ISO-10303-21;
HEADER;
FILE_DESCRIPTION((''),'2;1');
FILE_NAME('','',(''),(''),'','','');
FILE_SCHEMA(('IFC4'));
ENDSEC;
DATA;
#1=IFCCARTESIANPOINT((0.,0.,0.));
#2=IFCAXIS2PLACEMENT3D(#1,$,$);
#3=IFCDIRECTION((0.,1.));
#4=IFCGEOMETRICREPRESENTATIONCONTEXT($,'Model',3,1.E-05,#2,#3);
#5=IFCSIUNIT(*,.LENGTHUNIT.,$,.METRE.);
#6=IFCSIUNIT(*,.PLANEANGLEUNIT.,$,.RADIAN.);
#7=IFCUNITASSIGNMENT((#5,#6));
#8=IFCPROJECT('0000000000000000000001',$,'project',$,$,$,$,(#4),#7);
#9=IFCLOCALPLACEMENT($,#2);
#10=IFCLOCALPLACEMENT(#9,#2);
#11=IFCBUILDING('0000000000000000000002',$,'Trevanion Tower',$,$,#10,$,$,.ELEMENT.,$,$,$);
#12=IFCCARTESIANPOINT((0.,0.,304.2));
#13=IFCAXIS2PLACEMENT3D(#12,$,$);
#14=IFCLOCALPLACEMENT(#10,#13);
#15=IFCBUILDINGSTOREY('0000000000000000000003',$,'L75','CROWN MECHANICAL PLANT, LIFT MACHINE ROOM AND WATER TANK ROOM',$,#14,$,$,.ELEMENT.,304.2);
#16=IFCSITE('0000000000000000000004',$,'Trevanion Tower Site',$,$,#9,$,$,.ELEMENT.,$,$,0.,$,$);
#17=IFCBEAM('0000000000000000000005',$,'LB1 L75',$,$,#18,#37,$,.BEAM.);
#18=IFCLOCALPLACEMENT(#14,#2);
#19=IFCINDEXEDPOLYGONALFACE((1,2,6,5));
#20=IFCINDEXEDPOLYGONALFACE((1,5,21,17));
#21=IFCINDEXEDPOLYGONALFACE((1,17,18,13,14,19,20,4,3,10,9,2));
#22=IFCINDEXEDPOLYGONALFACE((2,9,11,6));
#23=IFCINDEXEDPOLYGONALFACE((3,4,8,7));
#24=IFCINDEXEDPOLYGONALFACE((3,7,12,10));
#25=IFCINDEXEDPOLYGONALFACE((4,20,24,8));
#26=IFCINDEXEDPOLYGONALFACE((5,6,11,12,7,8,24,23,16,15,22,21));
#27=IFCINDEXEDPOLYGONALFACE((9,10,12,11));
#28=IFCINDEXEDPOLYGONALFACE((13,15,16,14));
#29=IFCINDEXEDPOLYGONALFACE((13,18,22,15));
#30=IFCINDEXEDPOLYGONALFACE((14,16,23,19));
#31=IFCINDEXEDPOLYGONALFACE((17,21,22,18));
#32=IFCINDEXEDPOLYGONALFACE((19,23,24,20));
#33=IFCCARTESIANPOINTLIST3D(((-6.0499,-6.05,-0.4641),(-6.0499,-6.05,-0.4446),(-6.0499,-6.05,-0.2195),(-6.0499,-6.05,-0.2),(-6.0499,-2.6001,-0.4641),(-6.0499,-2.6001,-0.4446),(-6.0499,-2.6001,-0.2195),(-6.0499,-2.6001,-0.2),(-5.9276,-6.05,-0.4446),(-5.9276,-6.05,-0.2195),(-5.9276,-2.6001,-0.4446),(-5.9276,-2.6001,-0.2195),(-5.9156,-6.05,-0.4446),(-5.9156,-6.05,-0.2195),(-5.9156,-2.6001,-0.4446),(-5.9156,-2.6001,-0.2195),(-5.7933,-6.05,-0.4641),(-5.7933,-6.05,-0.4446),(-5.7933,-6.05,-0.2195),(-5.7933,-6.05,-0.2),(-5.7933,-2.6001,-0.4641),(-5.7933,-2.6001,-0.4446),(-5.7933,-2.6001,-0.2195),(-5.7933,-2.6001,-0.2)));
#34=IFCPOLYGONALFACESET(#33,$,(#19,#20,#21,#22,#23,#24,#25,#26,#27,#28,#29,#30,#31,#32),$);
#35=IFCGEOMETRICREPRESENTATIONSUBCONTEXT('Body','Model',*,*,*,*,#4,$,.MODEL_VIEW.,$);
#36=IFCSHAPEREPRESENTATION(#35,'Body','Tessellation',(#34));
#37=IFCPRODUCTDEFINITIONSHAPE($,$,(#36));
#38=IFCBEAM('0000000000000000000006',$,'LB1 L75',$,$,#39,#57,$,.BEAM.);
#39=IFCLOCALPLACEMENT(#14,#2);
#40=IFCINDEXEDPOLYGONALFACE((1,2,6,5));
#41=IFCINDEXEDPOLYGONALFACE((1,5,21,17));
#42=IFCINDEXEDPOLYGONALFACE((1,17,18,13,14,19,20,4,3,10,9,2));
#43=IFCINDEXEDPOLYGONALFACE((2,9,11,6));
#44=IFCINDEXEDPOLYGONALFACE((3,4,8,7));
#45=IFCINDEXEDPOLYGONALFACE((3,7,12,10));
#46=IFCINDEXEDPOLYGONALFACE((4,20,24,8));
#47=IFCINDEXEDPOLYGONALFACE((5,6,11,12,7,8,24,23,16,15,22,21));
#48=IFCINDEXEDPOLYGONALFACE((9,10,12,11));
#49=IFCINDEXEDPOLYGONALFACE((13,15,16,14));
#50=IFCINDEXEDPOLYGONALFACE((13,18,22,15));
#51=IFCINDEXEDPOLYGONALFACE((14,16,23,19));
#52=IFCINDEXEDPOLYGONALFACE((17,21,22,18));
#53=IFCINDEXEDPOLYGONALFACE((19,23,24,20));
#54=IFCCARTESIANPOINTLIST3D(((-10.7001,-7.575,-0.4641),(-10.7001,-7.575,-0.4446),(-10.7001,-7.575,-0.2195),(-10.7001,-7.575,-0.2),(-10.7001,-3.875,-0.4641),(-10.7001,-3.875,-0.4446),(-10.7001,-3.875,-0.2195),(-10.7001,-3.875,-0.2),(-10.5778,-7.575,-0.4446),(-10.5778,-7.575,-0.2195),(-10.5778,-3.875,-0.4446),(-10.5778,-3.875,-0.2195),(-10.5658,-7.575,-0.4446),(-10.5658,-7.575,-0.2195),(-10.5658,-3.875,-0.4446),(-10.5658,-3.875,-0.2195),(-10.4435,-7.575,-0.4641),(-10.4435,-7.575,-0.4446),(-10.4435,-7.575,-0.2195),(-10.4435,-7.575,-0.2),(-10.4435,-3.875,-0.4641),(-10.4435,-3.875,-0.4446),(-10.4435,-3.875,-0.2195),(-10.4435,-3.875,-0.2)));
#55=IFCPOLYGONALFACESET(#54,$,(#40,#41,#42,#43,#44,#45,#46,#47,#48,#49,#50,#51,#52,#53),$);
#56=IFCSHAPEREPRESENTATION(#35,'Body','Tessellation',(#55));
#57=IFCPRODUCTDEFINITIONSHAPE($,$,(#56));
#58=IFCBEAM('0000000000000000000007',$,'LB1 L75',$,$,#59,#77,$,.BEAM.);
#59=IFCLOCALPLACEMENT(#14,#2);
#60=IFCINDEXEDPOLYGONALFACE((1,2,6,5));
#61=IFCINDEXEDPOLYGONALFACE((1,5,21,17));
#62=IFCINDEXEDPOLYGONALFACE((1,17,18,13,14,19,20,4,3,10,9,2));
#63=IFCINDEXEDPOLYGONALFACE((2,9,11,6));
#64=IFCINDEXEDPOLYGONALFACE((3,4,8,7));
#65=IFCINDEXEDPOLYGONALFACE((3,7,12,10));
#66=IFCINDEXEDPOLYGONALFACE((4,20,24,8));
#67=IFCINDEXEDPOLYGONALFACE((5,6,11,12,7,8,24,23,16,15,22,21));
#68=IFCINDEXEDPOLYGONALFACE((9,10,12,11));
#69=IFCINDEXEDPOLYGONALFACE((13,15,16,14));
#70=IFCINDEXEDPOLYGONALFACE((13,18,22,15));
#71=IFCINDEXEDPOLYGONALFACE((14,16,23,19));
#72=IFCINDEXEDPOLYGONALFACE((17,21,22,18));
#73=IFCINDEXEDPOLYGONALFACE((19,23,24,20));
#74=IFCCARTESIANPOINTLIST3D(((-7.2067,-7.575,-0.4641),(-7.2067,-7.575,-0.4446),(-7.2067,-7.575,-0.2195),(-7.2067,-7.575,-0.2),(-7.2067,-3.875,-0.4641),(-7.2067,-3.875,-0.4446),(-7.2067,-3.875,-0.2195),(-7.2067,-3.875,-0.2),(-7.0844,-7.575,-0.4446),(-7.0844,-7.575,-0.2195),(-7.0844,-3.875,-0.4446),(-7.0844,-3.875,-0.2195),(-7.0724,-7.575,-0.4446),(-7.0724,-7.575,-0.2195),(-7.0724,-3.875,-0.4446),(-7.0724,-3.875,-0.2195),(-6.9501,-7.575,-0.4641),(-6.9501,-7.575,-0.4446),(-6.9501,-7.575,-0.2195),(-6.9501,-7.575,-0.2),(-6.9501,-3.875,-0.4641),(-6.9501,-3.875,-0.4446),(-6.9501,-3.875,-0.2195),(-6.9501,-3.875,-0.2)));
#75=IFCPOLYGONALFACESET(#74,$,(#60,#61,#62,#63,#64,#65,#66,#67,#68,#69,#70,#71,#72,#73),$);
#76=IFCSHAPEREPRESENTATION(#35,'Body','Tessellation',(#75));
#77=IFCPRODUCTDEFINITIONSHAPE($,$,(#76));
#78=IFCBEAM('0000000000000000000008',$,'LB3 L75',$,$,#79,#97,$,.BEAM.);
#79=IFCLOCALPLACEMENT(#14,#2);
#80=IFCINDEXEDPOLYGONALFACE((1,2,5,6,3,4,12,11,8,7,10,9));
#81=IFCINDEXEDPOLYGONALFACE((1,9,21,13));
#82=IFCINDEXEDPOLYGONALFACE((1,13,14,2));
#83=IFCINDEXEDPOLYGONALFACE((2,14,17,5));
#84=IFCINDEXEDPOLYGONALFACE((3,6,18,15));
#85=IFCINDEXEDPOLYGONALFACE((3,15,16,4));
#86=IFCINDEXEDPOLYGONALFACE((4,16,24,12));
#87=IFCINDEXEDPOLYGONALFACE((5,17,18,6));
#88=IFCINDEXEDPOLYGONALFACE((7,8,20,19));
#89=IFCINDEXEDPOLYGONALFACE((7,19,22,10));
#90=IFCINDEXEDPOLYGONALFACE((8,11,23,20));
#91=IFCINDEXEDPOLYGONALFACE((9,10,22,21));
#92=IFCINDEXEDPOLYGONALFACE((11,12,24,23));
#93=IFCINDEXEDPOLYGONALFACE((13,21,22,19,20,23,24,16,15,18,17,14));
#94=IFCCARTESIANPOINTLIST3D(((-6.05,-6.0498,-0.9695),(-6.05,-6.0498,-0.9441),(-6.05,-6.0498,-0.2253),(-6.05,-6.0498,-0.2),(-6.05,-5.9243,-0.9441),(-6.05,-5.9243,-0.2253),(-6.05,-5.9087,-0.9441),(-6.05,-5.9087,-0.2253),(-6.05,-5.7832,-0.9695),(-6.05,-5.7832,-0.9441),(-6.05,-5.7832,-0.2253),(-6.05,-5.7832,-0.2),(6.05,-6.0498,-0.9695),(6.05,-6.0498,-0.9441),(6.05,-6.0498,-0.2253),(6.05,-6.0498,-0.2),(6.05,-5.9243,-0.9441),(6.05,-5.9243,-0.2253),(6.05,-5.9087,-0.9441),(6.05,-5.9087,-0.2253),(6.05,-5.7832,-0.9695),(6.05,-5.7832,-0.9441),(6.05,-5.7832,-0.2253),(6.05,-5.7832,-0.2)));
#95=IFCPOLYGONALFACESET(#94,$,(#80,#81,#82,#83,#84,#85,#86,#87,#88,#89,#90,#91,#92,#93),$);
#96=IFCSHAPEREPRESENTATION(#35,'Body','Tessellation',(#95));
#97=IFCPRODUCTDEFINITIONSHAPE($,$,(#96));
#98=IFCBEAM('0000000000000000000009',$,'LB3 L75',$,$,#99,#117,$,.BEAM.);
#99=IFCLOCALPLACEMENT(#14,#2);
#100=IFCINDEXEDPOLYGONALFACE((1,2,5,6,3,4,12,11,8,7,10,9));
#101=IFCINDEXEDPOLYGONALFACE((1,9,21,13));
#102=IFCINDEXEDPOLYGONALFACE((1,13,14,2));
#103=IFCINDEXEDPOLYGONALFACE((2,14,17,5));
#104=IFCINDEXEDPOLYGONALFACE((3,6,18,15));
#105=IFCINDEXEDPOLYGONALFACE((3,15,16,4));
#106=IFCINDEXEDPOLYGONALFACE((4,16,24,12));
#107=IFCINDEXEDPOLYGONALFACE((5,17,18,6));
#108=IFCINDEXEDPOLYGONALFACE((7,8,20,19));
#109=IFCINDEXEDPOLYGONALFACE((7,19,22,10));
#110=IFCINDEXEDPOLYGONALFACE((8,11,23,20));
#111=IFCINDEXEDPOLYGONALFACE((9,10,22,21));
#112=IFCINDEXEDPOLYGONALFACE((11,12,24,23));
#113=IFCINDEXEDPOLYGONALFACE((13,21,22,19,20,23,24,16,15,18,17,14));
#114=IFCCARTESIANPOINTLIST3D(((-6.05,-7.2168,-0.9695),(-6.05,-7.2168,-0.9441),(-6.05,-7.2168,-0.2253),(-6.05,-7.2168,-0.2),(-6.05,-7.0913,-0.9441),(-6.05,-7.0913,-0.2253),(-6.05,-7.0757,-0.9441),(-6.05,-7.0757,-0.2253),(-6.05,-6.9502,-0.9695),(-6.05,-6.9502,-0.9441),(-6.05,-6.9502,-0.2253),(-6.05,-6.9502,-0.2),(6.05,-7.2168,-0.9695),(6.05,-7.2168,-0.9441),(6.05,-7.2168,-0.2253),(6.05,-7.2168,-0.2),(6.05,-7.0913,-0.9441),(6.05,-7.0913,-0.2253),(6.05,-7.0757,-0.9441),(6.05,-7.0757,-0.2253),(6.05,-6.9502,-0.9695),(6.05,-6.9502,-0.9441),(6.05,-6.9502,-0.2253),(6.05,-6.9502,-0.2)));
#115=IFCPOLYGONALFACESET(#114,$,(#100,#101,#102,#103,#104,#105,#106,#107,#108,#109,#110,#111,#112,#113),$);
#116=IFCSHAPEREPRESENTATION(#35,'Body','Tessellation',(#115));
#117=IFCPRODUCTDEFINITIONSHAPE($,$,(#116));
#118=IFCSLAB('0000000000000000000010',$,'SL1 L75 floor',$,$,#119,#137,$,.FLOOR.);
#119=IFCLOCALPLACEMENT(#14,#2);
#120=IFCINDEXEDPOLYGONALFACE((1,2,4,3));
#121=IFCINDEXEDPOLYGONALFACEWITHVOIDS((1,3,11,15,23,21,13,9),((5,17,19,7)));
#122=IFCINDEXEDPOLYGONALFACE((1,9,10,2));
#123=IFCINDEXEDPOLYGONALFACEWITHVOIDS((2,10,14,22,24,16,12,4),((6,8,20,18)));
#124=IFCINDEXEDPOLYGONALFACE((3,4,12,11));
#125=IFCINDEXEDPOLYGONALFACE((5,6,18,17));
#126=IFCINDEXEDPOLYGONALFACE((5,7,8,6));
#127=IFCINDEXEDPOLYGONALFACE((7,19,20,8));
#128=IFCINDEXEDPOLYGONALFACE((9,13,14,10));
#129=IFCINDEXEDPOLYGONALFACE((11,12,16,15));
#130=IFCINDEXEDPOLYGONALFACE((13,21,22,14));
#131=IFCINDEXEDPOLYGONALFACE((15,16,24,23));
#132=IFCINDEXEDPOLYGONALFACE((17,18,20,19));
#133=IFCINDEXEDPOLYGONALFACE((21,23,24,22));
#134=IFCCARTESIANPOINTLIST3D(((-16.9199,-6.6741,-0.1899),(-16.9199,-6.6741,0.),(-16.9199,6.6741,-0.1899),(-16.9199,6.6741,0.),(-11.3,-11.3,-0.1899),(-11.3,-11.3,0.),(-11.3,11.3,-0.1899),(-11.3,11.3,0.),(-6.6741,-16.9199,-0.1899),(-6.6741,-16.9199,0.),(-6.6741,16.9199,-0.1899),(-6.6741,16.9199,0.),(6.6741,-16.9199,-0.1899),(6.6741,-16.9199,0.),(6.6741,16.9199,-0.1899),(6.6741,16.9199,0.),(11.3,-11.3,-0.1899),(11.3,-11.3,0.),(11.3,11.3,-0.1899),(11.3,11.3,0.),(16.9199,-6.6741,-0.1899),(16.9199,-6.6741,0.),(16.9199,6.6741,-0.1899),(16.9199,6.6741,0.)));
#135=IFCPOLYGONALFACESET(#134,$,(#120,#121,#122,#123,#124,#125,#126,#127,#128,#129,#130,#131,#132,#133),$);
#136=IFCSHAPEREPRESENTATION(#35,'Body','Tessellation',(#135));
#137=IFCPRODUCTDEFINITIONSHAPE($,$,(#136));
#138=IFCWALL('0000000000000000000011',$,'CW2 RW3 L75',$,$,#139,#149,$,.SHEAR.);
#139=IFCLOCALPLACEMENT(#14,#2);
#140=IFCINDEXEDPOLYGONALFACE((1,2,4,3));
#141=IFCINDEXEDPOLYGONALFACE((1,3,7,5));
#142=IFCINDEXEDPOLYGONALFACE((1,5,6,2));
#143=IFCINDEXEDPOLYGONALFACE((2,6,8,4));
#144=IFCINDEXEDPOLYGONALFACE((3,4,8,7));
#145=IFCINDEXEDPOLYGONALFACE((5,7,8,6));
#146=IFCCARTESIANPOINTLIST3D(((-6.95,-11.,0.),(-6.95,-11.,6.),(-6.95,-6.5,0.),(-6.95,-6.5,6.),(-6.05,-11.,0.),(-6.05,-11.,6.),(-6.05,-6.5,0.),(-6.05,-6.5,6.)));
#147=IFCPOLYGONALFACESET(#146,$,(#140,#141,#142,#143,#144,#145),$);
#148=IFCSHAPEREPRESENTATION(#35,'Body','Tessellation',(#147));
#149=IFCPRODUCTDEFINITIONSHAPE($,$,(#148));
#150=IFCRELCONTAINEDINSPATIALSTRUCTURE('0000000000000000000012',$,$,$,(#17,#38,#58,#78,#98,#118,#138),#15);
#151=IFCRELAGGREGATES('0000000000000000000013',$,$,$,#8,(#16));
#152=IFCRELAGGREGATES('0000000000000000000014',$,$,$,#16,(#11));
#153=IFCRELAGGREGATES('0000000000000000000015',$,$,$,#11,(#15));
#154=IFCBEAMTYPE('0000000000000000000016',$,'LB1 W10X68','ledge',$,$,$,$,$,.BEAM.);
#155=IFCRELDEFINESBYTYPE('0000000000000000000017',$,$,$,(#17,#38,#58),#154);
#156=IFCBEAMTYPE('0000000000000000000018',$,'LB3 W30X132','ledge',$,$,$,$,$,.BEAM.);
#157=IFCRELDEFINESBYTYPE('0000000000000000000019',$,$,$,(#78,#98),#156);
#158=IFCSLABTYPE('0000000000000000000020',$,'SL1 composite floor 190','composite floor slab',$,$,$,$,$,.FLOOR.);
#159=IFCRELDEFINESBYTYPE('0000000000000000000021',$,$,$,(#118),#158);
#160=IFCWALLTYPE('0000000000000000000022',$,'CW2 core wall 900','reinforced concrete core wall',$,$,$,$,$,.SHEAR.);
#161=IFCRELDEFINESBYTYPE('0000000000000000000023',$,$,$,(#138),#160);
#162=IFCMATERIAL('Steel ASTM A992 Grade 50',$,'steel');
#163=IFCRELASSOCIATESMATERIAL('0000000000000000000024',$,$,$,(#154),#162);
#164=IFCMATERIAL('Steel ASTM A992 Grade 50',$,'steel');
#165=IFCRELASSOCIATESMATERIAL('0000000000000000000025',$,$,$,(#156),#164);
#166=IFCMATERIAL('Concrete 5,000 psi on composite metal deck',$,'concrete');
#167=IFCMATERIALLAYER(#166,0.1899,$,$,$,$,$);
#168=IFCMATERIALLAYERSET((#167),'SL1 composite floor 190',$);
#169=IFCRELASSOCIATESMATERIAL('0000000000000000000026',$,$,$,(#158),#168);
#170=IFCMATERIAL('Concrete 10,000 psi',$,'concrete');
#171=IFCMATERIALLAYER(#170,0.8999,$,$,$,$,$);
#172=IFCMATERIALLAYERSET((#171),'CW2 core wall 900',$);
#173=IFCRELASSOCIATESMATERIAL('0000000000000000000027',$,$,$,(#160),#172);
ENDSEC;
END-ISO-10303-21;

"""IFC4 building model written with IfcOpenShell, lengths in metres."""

from ifc_helpers import new_model, si_unit, direction, frame, frame_2d, origin, origin_2d, place, context, subcontext, project, spatial, polyline, rectangle, i_section, outline, extrude, material, layer, layer_set, material_profile, profile_set, type_object, element, save


model = new_model("IFC4")

# Units and contexts
model_context = context("Model", 3, precision=1e-05, world=origin(), true_north=direction((0.0, 1.0)))
body_context = subcontext(model_context, "Body", "Model", "MODEL_VIEW")
ifc_project = project(units=[si_unit("LENGTHUNIT", "METRE"), si_unit("PLANEANGLEUNIT", "RADIAN")], contexts=[model_context])

# Site, building, storey
site_placement = place(None, origin())
site = spatial("IfcSite", under=ifc_project, at=site_placement, Name="Trevanion Tower Site", CompositionType="ELEMENT", RefElevation=0.0)
building_placement = place(site_placement, origin())
building = spatial("IfcBuilding", under=site, at=building_placement, Name="Trevanion Tower", CompositionType="ELEMENT")
storey_placement = place(building_placement, frame((0.0, 0.0, 304.2)))
storey = spatial("IfcBuildingStorey", under=building, at=storey_placement, Name="L75", Description="CROWN MECHANICAL PLANT, LIFT MACHINE ROOM AND WATER TANK ROOM", CompositionType="ELEMENT", Elevation=304.2)

# Beams
ifc_material_1 = material(Name="Steel ASTM A992 Grade 50", Category="steel")
ifc_material_profile_1 = material_profile(ifc_material_1, i_section(OverallWidth=0.2566, OverallDepth=0.2642, WebThickness=0.012, FlangeThickness=0.0195, at=origin_2d()), Name="W10X68")
ifc_profile_set_1 = profile_set([ifc_material_profile_1], Name="Steel ASTM A992 Grade 50")
beam_type_1 = type_object("IfcBeamType", Name="LB1 W10X68", Description="ledge", PredefinedType="BEAM", material=ifc_profile_set_1)
beam_placement = place(storey_placement, frame((-5.9216, -6.05, -0.332), z_axis=(0.0, 1.0, 0.0), x_axis=(-1.0, 0.0, 0.0)))
element("IfcBeam", 1, at=beam_placement, inside=storey, type_object=beam_type_1, Name="LB1 L75", PredefinedType="BEAM", context=body_context, shape_type="SweptSolid", body=[
    extrude(i_section(OverallWidth=0.2566, OverallDepth=0.2642, WebThickness=0.012, FlangeThickness=0.0195, at=origin_2d()), origin(), (0.0, 0.0, 1.0), 3.45),
])
for number, where, z_axis, x_axis, name in (
    (2, (-10.5718, -7.575, -0.332), (0.0, 1.0, 0.0), (-1.0, 0.0, 0.0), "LB1 L75"),
    (3, (-7.0784, -7.575, -0.332), (0.0, 1.0, 0.0), (-1.0, 0.0, 0.0), "LB1 L75"),
):
    element("IfcBeam", number, at=place(storey_placement, frame(where, z_axis=z_axis, x_axis=x_axis)), inside=storey, type_object=beam_type_1, Name=name, PredefinedType="BEAM", context=body_context, shape_type="SweptSolid", body=[
        extrude(i_section(OverallWidth=0.2566, OverallDepth=0.2642, WebThickness=0.012, FlangeThickness=0.0195, at=origin_2d()), origin(), (0.0, 0.0, 1.0), 3.7),
    ])
ifc_material_2 = material(Name="Steel ASTM A992 Grade 50", Category="steel")
ifc_material_profile_2 = material_profile(ifc_material_2, i_section(OverallWidth=0.2666, OverallDepth=0.7695, WebThickness=0.0156, FlangeThickness=0.0254, at=origin_2d()), Name="W30X132")
ifc_profile_set_2 = profile_set([ifc_material_profile_2], Name="Steel ASTM A992 Grade 50")
beam_type_2 = type_object("IfcBeamType", Name="LB3 W30X132", Description="ledge", PredefinedType="BEAM", material=ifc_profile_set_2)
for number, where, z_axis, x_axis, name in (
    (4, (-6.05, -5.9165, -0.5847), (1.0, 0.0, 0.0), (0.0, 1.0, 0.0), "LB3 L75"),
    (5, (-6.05, -7.0835, -0.5847), (1.0, 0.0, 0.0), (0.0, 1.0, 0.0), "LB3 L75"),
):
    element("IfcBeam", number, at=place(storey_placement, frame(where, z_axis=z_axis, x_axis=x_axis)), inside=storey, type_object=beam_type_2, Name=name, PredefinedType="BEAM", context=body_context, shape_type="SweptSolid", body=[
        extrude(i_section(OverallWidth=0.2666, OverallDepth=0.7695, WebThickness=0.0156, FlangeThickness=0.0254, at=origin_2d()), origin(), (0.0, 0.0, 1.0), 12.1001),
    ])

# Slab
ifc_material_3 = material(Name="Concrete 5,000 psi on composite metal deck", Category="concrete")
ifc_layer_1 = layer(ifc_material_3, 0.1899)
ifc_layer_set_1 = layer_set([ifc_layer_1], Name="SL1 composite floor 190")
slab_type = type_object("IfcSlabType", Name="SL1 composite floor 190", Description="composite floor slab", PredefinedType="FLOOR", material=ifc_layer_set_1)
slab_placement = place(storey_placement, frame((0.0, 0.0, -0.1899)))
element("IfcSlab", 6, at=slab_placement, inside=storey, type_object=slab_type, Name="SL1 L75 floor", PredefinedType="FLOOR", context=body_context, shape_type="SweptSolid", body=[
    extrude(outline(polyline([(16.9199, -6.6741), (16.9199, 6.6741), (6.6741, 16.9199), (-6.6741, 16.9199), (-16.9199, 6.6741), (-16.9199, -6.6741), (-6.6741, -16.9199), (6.6741, -16.9199), (16.9199, -6.6741)]), holes=[polyline([(11.3, -11.3), (11.3, 11.3), (-11.3, 11.3), (-11.3, -11.3), (11.3, -11.3)])]), origin(), (0.0, 0.0, 1.0), 0.1899),
])

# Wall
ifc_material_4 = material(Name="Concrete 10,000 psi", Category="concrete")
ifc_layer_2 = layer(ifc_material_4, 0.8999)
ifc_layer_set_2 = layer_set([ifc_layer_2], Name="CW2 core wall 900")
wall_type_1 = type_object("IfcWallType", Name="CW2 core wall 900", Description="reinforced concrete core wall", PredefinedType="SHEAR", material=ifc_layer_set_2)
wall_1_placement = place(storey_placement, frame((-6.5, -6.5, 0.0), z_axis=(0.0, 0.0, 1.0), x_axis=(0.0, -1.0, 0.0)))
element("IfcWall", 7, at=wall_1_placement, inside=storey, type_object=wall_type_1, Name="CW2 RW3 L75", PredefinedType="SHEAR", context=body_context, shape_type="SweptSolid", body=[
    extrude(rectangle(XDim=4.5, YDim=0.8999, at=frame_2d((2.25, 0.0))), origin(), (0.0, 0.0, 1.0), 6.0),
])

save(model, "model.ifc")
